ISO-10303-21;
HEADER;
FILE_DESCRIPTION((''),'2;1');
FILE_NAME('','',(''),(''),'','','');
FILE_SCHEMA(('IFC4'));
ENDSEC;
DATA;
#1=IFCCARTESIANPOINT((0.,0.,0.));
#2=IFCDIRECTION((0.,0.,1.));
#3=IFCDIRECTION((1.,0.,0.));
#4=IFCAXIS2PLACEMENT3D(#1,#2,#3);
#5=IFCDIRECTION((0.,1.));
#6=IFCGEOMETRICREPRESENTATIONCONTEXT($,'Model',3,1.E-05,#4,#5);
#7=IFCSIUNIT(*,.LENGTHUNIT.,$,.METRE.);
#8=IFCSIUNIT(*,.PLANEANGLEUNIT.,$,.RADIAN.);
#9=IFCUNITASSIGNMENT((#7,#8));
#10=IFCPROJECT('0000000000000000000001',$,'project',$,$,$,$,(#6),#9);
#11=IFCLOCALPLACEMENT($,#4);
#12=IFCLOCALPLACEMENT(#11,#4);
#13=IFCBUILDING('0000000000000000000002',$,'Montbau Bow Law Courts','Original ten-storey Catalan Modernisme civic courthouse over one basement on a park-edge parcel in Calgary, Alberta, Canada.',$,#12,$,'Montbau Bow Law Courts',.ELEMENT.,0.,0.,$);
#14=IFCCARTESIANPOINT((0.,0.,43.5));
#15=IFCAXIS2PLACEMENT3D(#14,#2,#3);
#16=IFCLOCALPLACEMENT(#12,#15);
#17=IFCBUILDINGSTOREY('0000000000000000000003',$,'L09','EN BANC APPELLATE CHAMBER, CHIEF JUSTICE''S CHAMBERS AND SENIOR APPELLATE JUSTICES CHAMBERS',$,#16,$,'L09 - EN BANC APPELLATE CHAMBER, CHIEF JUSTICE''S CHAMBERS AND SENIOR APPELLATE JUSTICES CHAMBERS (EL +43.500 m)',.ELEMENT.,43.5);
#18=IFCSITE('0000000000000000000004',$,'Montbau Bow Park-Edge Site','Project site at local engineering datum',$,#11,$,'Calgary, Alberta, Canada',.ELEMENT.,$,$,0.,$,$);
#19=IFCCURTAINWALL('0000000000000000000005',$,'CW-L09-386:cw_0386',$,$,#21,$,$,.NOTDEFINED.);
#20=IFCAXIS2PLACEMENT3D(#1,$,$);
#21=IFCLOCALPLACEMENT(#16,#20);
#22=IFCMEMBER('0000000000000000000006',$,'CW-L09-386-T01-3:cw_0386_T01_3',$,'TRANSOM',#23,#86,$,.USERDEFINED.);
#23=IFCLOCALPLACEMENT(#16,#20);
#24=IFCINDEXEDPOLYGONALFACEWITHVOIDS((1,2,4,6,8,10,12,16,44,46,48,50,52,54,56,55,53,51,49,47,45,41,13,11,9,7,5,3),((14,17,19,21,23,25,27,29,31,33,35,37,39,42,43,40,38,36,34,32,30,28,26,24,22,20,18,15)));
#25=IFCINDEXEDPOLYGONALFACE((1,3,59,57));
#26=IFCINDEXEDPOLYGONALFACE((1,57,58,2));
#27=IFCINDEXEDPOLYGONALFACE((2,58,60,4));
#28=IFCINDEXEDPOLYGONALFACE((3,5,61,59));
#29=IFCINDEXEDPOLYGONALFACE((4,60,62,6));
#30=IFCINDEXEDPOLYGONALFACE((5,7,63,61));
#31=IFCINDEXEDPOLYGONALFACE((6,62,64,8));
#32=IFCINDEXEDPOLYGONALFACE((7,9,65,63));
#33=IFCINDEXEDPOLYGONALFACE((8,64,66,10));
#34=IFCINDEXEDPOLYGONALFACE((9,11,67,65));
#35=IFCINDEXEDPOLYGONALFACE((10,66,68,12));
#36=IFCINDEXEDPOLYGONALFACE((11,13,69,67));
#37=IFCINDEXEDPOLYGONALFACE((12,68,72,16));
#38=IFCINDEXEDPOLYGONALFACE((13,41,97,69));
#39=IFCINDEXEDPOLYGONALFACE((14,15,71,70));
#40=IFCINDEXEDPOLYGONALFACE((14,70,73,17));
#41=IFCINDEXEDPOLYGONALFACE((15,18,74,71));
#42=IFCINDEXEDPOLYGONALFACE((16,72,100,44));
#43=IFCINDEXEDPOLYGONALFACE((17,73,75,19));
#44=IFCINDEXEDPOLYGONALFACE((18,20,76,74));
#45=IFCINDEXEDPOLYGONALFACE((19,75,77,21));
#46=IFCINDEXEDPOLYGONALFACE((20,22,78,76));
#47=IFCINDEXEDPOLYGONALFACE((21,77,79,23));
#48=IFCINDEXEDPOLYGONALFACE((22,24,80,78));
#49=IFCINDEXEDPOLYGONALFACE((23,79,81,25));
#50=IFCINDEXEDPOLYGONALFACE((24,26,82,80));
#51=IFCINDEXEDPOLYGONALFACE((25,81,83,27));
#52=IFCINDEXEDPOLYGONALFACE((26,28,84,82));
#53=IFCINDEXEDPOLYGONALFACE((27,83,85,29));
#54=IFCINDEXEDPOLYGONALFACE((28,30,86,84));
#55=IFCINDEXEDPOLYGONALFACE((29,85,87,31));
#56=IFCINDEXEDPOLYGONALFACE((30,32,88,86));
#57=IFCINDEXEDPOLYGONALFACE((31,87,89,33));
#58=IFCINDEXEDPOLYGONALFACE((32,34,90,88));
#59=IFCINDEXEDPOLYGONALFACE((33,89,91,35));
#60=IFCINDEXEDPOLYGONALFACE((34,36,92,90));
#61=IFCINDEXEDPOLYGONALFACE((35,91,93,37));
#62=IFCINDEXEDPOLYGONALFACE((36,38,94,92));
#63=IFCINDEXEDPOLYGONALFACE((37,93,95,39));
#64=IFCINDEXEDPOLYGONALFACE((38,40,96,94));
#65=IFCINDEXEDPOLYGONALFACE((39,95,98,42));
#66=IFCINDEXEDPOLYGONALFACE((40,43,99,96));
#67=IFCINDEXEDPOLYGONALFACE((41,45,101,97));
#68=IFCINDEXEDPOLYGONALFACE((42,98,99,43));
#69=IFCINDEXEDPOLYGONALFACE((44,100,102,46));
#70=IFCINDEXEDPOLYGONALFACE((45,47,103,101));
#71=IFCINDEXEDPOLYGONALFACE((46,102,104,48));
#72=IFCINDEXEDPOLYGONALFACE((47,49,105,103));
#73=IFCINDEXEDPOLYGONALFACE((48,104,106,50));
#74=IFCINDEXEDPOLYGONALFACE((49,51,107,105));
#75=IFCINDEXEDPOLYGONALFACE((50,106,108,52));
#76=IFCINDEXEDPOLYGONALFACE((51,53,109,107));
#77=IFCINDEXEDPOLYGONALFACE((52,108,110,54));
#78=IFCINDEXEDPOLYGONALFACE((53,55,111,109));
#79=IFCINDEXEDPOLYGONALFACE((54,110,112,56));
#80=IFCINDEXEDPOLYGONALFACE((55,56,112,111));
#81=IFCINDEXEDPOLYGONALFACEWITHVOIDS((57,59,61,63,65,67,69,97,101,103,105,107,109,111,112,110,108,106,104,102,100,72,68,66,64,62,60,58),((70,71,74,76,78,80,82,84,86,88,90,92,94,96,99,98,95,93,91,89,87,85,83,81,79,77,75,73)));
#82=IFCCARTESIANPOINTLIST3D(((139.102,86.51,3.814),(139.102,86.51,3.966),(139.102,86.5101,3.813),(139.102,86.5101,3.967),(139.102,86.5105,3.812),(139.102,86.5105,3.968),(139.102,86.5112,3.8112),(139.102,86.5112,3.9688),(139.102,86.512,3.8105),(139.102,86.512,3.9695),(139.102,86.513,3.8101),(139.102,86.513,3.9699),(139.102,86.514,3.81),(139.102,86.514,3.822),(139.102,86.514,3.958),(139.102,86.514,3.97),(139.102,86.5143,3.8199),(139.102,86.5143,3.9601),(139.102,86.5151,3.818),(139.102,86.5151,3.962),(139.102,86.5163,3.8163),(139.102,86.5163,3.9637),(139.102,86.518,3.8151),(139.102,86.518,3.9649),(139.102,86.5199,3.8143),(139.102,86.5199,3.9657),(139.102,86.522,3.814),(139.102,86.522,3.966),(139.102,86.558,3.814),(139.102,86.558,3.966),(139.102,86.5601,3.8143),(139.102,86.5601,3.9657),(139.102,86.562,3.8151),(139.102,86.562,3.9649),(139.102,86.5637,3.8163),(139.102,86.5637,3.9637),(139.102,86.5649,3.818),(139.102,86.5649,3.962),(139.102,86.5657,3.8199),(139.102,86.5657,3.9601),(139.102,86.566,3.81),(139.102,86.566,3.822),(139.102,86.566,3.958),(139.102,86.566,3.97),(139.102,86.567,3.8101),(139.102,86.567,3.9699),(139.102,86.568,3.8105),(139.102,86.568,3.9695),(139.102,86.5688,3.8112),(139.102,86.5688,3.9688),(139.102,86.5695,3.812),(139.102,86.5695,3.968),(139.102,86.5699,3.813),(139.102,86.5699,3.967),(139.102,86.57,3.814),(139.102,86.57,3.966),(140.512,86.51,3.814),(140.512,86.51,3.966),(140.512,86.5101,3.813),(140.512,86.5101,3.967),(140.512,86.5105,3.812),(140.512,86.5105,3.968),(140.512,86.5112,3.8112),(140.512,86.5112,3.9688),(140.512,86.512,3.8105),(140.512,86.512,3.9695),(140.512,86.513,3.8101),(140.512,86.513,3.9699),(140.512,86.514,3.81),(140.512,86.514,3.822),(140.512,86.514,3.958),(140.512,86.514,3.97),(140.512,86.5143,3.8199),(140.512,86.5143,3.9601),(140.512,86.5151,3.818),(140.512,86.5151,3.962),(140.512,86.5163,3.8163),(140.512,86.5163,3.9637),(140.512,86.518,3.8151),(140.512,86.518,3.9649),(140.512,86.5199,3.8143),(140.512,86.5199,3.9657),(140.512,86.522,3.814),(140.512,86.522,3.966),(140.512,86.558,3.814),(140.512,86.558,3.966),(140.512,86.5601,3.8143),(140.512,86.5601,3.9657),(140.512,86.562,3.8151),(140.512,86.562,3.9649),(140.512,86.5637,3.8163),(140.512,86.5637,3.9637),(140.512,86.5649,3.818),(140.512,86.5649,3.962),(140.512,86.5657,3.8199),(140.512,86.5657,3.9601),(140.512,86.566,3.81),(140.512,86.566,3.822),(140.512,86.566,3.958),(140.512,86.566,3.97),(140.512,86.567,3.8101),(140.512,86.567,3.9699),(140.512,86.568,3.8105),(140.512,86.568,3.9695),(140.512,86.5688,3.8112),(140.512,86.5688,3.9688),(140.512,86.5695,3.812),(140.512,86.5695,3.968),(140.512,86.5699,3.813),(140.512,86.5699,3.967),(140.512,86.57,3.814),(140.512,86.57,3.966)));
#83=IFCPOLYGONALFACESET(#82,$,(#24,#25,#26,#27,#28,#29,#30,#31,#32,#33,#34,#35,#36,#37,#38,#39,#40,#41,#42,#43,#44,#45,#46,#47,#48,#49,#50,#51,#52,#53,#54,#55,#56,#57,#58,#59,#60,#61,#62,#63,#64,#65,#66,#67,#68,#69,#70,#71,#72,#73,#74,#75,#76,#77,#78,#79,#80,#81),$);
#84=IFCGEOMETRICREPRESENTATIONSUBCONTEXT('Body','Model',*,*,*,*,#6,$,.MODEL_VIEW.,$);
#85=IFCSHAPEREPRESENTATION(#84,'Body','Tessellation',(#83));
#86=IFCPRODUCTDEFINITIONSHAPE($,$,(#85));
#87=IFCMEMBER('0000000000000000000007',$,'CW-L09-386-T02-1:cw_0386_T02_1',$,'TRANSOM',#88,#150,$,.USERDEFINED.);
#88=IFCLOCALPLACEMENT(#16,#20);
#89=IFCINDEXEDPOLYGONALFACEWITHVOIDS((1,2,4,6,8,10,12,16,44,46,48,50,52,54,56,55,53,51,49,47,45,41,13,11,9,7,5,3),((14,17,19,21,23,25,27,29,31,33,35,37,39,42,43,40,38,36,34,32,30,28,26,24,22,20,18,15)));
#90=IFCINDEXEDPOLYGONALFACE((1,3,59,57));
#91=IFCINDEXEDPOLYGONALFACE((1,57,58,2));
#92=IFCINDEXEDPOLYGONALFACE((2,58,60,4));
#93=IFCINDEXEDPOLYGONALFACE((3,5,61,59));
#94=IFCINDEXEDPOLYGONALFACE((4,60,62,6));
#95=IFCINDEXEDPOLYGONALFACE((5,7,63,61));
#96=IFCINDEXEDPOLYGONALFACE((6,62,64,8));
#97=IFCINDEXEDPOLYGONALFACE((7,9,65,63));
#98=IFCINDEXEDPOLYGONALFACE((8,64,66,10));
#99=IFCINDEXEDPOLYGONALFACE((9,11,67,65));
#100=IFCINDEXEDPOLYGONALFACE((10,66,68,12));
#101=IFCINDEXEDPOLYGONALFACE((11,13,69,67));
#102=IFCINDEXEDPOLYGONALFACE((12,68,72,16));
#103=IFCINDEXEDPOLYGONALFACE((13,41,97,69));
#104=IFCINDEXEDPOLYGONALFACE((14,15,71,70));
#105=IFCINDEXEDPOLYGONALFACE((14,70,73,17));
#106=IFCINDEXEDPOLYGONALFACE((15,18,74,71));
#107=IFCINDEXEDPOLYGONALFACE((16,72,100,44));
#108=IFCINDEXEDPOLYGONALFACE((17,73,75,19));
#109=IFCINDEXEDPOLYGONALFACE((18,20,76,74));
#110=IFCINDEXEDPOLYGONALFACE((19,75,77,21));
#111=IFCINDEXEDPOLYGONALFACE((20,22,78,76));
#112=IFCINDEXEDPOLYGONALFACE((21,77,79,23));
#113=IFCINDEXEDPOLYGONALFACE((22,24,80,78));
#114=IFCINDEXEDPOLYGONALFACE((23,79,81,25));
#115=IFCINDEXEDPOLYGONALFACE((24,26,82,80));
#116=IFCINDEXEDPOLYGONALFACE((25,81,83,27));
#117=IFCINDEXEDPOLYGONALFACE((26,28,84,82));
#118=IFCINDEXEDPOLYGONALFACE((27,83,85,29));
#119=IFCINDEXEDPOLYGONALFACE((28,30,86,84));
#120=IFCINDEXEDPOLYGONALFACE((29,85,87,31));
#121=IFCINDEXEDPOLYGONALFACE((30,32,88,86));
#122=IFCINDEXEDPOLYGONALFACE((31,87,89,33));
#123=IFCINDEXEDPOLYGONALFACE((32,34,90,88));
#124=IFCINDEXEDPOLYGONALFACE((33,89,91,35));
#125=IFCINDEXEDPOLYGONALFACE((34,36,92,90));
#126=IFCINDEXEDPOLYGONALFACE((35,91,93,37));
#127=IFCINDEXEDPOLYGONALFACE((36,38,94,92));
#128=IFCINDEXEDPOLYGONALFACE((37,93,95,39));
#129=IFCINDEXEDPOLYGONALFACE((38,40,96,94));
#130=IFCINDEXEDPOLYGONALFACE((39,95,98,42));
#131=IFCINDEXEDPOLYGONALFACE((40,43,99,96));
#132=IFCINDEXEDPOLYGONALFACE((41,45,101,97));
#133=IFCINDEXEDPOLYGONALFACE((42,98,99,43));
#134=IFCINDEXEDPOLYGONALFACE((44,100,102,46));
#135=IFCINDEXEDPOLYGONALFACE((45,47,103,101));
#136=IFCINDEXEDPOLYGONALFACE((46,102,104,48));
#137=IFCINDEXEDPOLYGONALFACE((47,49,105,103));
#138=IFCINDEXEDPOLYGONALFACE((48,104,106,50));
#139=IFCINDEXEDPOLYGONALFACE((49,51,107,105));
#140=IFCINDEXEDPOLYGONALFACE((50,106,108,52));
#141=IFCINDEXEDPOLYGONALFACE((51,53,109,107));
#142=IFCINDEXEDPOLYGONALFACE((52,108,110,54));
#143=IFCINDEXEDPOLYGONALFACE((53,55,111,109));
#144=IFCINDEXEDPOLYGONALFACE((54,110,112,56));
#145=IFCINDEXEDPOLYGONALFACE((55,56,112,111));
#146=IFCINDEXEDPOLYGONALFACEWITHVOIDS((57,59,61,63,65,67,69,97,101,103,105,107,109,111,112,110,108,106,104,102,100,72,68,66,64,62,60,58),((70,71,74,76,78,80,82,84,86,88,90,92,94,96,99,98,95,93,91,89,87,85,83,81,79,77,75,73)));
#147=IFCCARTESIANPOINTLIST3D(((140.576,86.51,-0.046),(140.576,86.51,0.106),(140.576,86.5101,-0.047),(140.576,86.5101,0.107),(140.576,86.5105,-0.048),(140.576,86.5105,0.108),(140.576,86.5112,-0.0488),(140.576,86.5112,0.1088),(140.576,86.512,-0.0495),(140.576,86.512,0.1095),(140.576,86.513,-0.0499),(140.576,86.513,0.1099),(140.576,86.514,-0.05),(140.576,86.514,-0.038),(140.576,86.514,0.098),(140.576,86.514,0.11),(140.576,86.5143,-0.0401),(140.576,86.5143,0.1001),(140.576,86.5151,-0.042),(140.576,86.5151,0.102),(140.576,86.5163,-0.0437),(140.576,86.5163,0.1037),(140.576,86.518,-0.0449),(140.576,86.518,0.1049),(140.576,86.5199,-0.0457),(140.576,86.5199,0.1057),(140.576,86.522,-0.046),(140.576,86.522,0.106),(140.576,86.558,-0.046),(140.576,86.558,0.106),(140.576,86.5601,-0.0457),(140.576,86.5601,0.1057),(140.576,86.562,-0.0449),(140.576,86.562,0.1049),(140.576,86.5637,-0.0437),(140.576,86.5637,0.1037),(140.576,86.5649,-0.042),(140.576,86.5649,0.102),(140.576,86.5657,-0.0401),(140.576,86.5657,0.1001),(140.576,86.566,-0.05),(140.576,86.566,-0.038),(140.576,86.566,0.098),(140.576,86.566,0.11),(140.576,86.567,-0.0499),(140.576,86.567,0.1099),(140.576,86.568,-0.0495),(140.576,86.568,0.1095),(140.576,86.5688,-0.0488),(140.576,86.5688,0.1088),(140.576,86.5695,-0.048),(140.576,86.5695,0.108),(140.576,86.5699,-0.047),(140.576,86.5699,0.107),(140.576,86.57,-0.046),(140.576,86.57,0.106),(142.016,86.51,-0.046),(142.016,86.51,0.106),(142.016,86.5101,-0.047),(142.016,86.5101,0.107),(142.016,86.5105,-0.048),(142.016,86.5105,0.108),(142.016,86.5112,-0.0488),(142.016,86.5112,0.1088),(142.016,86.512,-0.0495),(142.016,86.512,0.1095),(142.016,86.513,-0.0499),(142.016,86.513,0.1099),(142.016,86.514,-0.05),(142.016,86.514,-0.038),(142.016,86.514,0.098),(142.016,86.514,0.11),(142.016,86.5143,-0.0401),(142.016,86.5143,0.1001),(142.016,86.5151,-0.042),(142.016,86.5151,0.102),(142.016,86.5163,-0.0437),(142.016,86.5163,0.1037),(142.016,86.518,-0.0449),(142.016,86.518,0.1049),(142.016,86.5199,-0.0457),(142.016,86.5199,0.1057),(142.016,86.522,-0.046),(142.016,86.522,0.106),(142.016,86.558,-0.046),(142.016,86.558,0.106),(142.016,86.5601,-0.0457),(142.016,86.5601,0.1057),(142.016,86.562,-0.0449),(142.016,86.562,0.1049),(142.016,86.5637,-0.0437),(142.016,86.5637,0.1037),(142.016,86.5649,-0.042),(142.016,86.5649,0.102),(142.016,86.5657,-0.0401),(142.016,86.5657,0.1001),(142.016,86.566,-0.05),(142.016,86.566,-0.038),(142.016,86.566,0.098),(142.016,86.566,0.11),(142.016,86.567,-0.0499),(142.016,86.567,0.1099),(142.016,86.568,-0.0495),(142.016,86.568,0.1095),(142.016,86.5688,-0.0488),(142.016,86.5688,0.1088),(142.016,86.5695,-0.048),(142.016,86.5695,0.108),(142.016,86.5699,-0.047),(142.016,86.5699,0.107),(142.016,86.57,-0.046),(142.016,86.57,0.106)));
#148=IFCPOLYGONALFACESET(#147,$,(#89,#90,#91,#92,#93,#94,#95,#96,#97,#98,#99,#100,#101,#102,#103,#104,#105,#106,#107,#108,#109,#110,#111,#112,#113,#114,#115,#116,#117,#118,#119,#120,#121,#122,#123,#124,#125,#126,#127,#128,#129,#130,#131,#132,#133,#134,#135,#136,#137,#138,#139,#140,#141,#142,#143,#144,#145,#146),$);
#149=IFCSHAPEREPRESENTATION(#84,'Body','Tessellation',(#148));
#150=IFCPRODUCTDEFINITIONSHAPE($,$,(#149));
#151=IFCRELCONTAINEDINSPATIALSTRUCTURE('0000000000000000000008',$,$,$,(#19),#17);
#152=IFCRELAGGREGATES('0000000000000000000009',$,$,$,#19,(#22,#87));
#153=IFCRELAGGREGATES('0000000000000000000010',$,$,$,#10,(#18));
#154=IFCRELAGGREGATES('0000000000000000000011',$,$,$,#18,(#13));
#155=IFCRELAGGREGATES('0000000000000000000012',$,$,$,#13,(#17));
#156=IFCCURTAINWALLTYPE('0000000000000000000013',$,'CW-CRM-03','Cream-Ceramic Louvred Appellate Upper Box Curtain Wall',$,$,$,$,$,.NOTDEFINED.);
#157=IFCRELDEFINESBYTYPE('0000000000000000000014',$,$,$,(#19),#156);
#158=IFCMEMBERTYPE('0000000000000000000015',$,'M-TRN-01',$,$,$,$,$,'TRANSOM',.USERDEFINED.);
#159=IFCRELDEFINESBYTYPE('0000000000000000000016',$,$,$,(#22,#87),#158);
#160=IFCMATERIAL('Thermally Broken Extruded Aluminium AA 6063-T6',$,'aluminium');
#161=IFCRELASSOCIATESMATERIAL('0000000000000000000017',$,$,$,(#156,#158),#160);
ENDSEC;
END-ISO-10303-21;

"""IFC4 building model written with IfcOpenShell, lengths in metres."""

from ifc_helpers import new_model, si_unit, direction, frame, origin_with_axes, origin_2d_with_axis, place, context, subcontext, project, spatial, hollow_rectangle, extrude, material, material_profile, profile_set, type_object, element, aggregate, save


model = new_model("IFC4")

# Units and contexts
model_context = context("Model", 3, precision=1e-05, world=origin_with_axes(), true_north=direction((0.0, 1.0)))
body_context = subcontext(model_context, "Body", "Model", "MODEL_VIEW")
ifc_project = project(units=[si_unit("LENGTHUNIT", "METRE"), si_unit("PLANEANGLEUNIT", "RADIAN")], contexts=[model_context])

# Site, building, storey
site_placement = place(None, origin_with_axes())
site = spatial("IfcSite", under=ifc_project, at=site_placement, Name="Montbau Bow Park-Edge Site", Description="Project site at local engineering datum", LongName="Calgary, Alberta, Canada", CompositionType="ELEMENT", RefElevation=0.0)
building_placement = place(site_placement, origin_with_axes())
building = spatial("IfcBuilding", under=site, at=building_placement, Name="Montbau Bow Law Courts", Description="Original ten-storey Catalan Modernisme civic courthouse over one basement on a park-edge parcel in Calgary, Alberta, Canada.", LongName="Montbau Bow Law Courts", CompositionType="ELEMENT", ElevationOfRefHeight=0.0, ElevationOfTerrain=0.0)
storey_placement = place(building_placement, frame((0.0, 0.0, 43.5), z_axis=(0.0, 0.0, 1.0), x_axis=(1.0, 0.0, 0.0)))
storey = spatial("IfcBuildingStorey", under=building, at=storey_placement, Name="L09", Description="EN BANC APPELLATE CHAMBER, CHIEF JUSTICE'S CHAMBERS AND SENIOR APPELLATE JUSTICES CHAMBERS", LongName="L09 - EN BANC APPELLATE CHAMBER, CHIEF JUSTICE'S CHAMBERS AND SENIOR APPELLATE JUSTICES CHAMBERS (EL +43.500 m)", CompositionType="ELEMENT", Elevation=43.5)

# Curtain wall, members
ifc_material_1 = material(Name="Thermally Broken Extruded Aluminium AA 6063-T6", Category="aluminium")
curtain_wall_type = type_object("IfcCurtainWallType", Name="CW-CRM-03", Description="Cream-Ceramic Louvred Appellate Upper Box Curtain Wall", PredefinedType="NOTDEFINED", material=ifc_material_1)
curtain_wall_placement = place(None, frame((139.04, 86.54, 43.5), z_axis=(0.0, 0.0, 1.0), x_axis=(1.0, 0.0, 0.0)))
curtain_wall = element("IfcCurtainWall", 1, at=curtain_wall_placement, inside=storey, type_object=curtain_wall_type, Name="CW-L09-386:cw_0386", PredefinedType="NOTDEFINED")
ifc_material_profile_1 = material_profile(ifc_material_1, hollow_rectangle(XDim=0.06, YDim=0.16, WallThickness=0.004, InnerFilletRadius=0.008, OuterFilletRadius=0.004, at=origin_2d_with_axis()), Name="CWT-160X60", Category="Main", Priority=0)
ifc_profile_set_1 = profile_set([ifc_material_profile_1], Name="Thermally Broken Extruded Aluminium AA 6063-T6")
member_type_1 = type_object("IfcMemberType", Name="M-TRN-01", ElementType="TRANSOM", PredefinedType="USERDEFINED", material=ifc_profile_set_1)
member_1_placement = place(None, frame((139.102, 86.54, 47.39), z_axis=(1.0, 0.0, 0.0), x_axis=(0.0, 1.0, 0.0)))
member_1 = element("IfcMember", 2, at=member_1_placement, type_object=member_type_1, Name="CW-L09-386-T01-3:cw_0386_T01_3", ObjectType="TRANSOM", PredefinedType="USERDEFINED", context=body_context, shape_type="SweptSolid", body=[
    extrude(hollow_rectangle(XDim=0.06, YDim=0.16, WallThickness=0.004, InnerFilletRadius=0.008, OuterFilletRadius=0.004, at=origin_2d_with_axis()), origin_with_axes(), (0.0, 0.0, 1.0), 1.41),
])
member_2_placement = place(None, frame((140.576, 86.54, 43.53), z_axis=(1.0, 0.0, 0.0), x_axis=(0.0, 1.0, 0.0)))
member_2 = element("IfcMember", 3, at=member_2_placement, type_object=member_type_1, Name="CW-L09-386-T02-1:cw_0386_T02_1", ObjectType="TRANSOM", PredefinedType="USERDEFINED", context=body_context, shape_type="SweptSolid", body=[
    extrude(hollow_rectangle(XDim=0.06, YDim=0.16, WallThickness=0.004, InnerFilletRadius=0.008, OuterFilletRadius=0.004, at=origin_2d_with_axis()), origin_with_axes(), (0.0, 0.0, 1.0), 1.44),
])
aggregate(curtain_wall, [member_1, member_2])

save(model, "model.ifc")
